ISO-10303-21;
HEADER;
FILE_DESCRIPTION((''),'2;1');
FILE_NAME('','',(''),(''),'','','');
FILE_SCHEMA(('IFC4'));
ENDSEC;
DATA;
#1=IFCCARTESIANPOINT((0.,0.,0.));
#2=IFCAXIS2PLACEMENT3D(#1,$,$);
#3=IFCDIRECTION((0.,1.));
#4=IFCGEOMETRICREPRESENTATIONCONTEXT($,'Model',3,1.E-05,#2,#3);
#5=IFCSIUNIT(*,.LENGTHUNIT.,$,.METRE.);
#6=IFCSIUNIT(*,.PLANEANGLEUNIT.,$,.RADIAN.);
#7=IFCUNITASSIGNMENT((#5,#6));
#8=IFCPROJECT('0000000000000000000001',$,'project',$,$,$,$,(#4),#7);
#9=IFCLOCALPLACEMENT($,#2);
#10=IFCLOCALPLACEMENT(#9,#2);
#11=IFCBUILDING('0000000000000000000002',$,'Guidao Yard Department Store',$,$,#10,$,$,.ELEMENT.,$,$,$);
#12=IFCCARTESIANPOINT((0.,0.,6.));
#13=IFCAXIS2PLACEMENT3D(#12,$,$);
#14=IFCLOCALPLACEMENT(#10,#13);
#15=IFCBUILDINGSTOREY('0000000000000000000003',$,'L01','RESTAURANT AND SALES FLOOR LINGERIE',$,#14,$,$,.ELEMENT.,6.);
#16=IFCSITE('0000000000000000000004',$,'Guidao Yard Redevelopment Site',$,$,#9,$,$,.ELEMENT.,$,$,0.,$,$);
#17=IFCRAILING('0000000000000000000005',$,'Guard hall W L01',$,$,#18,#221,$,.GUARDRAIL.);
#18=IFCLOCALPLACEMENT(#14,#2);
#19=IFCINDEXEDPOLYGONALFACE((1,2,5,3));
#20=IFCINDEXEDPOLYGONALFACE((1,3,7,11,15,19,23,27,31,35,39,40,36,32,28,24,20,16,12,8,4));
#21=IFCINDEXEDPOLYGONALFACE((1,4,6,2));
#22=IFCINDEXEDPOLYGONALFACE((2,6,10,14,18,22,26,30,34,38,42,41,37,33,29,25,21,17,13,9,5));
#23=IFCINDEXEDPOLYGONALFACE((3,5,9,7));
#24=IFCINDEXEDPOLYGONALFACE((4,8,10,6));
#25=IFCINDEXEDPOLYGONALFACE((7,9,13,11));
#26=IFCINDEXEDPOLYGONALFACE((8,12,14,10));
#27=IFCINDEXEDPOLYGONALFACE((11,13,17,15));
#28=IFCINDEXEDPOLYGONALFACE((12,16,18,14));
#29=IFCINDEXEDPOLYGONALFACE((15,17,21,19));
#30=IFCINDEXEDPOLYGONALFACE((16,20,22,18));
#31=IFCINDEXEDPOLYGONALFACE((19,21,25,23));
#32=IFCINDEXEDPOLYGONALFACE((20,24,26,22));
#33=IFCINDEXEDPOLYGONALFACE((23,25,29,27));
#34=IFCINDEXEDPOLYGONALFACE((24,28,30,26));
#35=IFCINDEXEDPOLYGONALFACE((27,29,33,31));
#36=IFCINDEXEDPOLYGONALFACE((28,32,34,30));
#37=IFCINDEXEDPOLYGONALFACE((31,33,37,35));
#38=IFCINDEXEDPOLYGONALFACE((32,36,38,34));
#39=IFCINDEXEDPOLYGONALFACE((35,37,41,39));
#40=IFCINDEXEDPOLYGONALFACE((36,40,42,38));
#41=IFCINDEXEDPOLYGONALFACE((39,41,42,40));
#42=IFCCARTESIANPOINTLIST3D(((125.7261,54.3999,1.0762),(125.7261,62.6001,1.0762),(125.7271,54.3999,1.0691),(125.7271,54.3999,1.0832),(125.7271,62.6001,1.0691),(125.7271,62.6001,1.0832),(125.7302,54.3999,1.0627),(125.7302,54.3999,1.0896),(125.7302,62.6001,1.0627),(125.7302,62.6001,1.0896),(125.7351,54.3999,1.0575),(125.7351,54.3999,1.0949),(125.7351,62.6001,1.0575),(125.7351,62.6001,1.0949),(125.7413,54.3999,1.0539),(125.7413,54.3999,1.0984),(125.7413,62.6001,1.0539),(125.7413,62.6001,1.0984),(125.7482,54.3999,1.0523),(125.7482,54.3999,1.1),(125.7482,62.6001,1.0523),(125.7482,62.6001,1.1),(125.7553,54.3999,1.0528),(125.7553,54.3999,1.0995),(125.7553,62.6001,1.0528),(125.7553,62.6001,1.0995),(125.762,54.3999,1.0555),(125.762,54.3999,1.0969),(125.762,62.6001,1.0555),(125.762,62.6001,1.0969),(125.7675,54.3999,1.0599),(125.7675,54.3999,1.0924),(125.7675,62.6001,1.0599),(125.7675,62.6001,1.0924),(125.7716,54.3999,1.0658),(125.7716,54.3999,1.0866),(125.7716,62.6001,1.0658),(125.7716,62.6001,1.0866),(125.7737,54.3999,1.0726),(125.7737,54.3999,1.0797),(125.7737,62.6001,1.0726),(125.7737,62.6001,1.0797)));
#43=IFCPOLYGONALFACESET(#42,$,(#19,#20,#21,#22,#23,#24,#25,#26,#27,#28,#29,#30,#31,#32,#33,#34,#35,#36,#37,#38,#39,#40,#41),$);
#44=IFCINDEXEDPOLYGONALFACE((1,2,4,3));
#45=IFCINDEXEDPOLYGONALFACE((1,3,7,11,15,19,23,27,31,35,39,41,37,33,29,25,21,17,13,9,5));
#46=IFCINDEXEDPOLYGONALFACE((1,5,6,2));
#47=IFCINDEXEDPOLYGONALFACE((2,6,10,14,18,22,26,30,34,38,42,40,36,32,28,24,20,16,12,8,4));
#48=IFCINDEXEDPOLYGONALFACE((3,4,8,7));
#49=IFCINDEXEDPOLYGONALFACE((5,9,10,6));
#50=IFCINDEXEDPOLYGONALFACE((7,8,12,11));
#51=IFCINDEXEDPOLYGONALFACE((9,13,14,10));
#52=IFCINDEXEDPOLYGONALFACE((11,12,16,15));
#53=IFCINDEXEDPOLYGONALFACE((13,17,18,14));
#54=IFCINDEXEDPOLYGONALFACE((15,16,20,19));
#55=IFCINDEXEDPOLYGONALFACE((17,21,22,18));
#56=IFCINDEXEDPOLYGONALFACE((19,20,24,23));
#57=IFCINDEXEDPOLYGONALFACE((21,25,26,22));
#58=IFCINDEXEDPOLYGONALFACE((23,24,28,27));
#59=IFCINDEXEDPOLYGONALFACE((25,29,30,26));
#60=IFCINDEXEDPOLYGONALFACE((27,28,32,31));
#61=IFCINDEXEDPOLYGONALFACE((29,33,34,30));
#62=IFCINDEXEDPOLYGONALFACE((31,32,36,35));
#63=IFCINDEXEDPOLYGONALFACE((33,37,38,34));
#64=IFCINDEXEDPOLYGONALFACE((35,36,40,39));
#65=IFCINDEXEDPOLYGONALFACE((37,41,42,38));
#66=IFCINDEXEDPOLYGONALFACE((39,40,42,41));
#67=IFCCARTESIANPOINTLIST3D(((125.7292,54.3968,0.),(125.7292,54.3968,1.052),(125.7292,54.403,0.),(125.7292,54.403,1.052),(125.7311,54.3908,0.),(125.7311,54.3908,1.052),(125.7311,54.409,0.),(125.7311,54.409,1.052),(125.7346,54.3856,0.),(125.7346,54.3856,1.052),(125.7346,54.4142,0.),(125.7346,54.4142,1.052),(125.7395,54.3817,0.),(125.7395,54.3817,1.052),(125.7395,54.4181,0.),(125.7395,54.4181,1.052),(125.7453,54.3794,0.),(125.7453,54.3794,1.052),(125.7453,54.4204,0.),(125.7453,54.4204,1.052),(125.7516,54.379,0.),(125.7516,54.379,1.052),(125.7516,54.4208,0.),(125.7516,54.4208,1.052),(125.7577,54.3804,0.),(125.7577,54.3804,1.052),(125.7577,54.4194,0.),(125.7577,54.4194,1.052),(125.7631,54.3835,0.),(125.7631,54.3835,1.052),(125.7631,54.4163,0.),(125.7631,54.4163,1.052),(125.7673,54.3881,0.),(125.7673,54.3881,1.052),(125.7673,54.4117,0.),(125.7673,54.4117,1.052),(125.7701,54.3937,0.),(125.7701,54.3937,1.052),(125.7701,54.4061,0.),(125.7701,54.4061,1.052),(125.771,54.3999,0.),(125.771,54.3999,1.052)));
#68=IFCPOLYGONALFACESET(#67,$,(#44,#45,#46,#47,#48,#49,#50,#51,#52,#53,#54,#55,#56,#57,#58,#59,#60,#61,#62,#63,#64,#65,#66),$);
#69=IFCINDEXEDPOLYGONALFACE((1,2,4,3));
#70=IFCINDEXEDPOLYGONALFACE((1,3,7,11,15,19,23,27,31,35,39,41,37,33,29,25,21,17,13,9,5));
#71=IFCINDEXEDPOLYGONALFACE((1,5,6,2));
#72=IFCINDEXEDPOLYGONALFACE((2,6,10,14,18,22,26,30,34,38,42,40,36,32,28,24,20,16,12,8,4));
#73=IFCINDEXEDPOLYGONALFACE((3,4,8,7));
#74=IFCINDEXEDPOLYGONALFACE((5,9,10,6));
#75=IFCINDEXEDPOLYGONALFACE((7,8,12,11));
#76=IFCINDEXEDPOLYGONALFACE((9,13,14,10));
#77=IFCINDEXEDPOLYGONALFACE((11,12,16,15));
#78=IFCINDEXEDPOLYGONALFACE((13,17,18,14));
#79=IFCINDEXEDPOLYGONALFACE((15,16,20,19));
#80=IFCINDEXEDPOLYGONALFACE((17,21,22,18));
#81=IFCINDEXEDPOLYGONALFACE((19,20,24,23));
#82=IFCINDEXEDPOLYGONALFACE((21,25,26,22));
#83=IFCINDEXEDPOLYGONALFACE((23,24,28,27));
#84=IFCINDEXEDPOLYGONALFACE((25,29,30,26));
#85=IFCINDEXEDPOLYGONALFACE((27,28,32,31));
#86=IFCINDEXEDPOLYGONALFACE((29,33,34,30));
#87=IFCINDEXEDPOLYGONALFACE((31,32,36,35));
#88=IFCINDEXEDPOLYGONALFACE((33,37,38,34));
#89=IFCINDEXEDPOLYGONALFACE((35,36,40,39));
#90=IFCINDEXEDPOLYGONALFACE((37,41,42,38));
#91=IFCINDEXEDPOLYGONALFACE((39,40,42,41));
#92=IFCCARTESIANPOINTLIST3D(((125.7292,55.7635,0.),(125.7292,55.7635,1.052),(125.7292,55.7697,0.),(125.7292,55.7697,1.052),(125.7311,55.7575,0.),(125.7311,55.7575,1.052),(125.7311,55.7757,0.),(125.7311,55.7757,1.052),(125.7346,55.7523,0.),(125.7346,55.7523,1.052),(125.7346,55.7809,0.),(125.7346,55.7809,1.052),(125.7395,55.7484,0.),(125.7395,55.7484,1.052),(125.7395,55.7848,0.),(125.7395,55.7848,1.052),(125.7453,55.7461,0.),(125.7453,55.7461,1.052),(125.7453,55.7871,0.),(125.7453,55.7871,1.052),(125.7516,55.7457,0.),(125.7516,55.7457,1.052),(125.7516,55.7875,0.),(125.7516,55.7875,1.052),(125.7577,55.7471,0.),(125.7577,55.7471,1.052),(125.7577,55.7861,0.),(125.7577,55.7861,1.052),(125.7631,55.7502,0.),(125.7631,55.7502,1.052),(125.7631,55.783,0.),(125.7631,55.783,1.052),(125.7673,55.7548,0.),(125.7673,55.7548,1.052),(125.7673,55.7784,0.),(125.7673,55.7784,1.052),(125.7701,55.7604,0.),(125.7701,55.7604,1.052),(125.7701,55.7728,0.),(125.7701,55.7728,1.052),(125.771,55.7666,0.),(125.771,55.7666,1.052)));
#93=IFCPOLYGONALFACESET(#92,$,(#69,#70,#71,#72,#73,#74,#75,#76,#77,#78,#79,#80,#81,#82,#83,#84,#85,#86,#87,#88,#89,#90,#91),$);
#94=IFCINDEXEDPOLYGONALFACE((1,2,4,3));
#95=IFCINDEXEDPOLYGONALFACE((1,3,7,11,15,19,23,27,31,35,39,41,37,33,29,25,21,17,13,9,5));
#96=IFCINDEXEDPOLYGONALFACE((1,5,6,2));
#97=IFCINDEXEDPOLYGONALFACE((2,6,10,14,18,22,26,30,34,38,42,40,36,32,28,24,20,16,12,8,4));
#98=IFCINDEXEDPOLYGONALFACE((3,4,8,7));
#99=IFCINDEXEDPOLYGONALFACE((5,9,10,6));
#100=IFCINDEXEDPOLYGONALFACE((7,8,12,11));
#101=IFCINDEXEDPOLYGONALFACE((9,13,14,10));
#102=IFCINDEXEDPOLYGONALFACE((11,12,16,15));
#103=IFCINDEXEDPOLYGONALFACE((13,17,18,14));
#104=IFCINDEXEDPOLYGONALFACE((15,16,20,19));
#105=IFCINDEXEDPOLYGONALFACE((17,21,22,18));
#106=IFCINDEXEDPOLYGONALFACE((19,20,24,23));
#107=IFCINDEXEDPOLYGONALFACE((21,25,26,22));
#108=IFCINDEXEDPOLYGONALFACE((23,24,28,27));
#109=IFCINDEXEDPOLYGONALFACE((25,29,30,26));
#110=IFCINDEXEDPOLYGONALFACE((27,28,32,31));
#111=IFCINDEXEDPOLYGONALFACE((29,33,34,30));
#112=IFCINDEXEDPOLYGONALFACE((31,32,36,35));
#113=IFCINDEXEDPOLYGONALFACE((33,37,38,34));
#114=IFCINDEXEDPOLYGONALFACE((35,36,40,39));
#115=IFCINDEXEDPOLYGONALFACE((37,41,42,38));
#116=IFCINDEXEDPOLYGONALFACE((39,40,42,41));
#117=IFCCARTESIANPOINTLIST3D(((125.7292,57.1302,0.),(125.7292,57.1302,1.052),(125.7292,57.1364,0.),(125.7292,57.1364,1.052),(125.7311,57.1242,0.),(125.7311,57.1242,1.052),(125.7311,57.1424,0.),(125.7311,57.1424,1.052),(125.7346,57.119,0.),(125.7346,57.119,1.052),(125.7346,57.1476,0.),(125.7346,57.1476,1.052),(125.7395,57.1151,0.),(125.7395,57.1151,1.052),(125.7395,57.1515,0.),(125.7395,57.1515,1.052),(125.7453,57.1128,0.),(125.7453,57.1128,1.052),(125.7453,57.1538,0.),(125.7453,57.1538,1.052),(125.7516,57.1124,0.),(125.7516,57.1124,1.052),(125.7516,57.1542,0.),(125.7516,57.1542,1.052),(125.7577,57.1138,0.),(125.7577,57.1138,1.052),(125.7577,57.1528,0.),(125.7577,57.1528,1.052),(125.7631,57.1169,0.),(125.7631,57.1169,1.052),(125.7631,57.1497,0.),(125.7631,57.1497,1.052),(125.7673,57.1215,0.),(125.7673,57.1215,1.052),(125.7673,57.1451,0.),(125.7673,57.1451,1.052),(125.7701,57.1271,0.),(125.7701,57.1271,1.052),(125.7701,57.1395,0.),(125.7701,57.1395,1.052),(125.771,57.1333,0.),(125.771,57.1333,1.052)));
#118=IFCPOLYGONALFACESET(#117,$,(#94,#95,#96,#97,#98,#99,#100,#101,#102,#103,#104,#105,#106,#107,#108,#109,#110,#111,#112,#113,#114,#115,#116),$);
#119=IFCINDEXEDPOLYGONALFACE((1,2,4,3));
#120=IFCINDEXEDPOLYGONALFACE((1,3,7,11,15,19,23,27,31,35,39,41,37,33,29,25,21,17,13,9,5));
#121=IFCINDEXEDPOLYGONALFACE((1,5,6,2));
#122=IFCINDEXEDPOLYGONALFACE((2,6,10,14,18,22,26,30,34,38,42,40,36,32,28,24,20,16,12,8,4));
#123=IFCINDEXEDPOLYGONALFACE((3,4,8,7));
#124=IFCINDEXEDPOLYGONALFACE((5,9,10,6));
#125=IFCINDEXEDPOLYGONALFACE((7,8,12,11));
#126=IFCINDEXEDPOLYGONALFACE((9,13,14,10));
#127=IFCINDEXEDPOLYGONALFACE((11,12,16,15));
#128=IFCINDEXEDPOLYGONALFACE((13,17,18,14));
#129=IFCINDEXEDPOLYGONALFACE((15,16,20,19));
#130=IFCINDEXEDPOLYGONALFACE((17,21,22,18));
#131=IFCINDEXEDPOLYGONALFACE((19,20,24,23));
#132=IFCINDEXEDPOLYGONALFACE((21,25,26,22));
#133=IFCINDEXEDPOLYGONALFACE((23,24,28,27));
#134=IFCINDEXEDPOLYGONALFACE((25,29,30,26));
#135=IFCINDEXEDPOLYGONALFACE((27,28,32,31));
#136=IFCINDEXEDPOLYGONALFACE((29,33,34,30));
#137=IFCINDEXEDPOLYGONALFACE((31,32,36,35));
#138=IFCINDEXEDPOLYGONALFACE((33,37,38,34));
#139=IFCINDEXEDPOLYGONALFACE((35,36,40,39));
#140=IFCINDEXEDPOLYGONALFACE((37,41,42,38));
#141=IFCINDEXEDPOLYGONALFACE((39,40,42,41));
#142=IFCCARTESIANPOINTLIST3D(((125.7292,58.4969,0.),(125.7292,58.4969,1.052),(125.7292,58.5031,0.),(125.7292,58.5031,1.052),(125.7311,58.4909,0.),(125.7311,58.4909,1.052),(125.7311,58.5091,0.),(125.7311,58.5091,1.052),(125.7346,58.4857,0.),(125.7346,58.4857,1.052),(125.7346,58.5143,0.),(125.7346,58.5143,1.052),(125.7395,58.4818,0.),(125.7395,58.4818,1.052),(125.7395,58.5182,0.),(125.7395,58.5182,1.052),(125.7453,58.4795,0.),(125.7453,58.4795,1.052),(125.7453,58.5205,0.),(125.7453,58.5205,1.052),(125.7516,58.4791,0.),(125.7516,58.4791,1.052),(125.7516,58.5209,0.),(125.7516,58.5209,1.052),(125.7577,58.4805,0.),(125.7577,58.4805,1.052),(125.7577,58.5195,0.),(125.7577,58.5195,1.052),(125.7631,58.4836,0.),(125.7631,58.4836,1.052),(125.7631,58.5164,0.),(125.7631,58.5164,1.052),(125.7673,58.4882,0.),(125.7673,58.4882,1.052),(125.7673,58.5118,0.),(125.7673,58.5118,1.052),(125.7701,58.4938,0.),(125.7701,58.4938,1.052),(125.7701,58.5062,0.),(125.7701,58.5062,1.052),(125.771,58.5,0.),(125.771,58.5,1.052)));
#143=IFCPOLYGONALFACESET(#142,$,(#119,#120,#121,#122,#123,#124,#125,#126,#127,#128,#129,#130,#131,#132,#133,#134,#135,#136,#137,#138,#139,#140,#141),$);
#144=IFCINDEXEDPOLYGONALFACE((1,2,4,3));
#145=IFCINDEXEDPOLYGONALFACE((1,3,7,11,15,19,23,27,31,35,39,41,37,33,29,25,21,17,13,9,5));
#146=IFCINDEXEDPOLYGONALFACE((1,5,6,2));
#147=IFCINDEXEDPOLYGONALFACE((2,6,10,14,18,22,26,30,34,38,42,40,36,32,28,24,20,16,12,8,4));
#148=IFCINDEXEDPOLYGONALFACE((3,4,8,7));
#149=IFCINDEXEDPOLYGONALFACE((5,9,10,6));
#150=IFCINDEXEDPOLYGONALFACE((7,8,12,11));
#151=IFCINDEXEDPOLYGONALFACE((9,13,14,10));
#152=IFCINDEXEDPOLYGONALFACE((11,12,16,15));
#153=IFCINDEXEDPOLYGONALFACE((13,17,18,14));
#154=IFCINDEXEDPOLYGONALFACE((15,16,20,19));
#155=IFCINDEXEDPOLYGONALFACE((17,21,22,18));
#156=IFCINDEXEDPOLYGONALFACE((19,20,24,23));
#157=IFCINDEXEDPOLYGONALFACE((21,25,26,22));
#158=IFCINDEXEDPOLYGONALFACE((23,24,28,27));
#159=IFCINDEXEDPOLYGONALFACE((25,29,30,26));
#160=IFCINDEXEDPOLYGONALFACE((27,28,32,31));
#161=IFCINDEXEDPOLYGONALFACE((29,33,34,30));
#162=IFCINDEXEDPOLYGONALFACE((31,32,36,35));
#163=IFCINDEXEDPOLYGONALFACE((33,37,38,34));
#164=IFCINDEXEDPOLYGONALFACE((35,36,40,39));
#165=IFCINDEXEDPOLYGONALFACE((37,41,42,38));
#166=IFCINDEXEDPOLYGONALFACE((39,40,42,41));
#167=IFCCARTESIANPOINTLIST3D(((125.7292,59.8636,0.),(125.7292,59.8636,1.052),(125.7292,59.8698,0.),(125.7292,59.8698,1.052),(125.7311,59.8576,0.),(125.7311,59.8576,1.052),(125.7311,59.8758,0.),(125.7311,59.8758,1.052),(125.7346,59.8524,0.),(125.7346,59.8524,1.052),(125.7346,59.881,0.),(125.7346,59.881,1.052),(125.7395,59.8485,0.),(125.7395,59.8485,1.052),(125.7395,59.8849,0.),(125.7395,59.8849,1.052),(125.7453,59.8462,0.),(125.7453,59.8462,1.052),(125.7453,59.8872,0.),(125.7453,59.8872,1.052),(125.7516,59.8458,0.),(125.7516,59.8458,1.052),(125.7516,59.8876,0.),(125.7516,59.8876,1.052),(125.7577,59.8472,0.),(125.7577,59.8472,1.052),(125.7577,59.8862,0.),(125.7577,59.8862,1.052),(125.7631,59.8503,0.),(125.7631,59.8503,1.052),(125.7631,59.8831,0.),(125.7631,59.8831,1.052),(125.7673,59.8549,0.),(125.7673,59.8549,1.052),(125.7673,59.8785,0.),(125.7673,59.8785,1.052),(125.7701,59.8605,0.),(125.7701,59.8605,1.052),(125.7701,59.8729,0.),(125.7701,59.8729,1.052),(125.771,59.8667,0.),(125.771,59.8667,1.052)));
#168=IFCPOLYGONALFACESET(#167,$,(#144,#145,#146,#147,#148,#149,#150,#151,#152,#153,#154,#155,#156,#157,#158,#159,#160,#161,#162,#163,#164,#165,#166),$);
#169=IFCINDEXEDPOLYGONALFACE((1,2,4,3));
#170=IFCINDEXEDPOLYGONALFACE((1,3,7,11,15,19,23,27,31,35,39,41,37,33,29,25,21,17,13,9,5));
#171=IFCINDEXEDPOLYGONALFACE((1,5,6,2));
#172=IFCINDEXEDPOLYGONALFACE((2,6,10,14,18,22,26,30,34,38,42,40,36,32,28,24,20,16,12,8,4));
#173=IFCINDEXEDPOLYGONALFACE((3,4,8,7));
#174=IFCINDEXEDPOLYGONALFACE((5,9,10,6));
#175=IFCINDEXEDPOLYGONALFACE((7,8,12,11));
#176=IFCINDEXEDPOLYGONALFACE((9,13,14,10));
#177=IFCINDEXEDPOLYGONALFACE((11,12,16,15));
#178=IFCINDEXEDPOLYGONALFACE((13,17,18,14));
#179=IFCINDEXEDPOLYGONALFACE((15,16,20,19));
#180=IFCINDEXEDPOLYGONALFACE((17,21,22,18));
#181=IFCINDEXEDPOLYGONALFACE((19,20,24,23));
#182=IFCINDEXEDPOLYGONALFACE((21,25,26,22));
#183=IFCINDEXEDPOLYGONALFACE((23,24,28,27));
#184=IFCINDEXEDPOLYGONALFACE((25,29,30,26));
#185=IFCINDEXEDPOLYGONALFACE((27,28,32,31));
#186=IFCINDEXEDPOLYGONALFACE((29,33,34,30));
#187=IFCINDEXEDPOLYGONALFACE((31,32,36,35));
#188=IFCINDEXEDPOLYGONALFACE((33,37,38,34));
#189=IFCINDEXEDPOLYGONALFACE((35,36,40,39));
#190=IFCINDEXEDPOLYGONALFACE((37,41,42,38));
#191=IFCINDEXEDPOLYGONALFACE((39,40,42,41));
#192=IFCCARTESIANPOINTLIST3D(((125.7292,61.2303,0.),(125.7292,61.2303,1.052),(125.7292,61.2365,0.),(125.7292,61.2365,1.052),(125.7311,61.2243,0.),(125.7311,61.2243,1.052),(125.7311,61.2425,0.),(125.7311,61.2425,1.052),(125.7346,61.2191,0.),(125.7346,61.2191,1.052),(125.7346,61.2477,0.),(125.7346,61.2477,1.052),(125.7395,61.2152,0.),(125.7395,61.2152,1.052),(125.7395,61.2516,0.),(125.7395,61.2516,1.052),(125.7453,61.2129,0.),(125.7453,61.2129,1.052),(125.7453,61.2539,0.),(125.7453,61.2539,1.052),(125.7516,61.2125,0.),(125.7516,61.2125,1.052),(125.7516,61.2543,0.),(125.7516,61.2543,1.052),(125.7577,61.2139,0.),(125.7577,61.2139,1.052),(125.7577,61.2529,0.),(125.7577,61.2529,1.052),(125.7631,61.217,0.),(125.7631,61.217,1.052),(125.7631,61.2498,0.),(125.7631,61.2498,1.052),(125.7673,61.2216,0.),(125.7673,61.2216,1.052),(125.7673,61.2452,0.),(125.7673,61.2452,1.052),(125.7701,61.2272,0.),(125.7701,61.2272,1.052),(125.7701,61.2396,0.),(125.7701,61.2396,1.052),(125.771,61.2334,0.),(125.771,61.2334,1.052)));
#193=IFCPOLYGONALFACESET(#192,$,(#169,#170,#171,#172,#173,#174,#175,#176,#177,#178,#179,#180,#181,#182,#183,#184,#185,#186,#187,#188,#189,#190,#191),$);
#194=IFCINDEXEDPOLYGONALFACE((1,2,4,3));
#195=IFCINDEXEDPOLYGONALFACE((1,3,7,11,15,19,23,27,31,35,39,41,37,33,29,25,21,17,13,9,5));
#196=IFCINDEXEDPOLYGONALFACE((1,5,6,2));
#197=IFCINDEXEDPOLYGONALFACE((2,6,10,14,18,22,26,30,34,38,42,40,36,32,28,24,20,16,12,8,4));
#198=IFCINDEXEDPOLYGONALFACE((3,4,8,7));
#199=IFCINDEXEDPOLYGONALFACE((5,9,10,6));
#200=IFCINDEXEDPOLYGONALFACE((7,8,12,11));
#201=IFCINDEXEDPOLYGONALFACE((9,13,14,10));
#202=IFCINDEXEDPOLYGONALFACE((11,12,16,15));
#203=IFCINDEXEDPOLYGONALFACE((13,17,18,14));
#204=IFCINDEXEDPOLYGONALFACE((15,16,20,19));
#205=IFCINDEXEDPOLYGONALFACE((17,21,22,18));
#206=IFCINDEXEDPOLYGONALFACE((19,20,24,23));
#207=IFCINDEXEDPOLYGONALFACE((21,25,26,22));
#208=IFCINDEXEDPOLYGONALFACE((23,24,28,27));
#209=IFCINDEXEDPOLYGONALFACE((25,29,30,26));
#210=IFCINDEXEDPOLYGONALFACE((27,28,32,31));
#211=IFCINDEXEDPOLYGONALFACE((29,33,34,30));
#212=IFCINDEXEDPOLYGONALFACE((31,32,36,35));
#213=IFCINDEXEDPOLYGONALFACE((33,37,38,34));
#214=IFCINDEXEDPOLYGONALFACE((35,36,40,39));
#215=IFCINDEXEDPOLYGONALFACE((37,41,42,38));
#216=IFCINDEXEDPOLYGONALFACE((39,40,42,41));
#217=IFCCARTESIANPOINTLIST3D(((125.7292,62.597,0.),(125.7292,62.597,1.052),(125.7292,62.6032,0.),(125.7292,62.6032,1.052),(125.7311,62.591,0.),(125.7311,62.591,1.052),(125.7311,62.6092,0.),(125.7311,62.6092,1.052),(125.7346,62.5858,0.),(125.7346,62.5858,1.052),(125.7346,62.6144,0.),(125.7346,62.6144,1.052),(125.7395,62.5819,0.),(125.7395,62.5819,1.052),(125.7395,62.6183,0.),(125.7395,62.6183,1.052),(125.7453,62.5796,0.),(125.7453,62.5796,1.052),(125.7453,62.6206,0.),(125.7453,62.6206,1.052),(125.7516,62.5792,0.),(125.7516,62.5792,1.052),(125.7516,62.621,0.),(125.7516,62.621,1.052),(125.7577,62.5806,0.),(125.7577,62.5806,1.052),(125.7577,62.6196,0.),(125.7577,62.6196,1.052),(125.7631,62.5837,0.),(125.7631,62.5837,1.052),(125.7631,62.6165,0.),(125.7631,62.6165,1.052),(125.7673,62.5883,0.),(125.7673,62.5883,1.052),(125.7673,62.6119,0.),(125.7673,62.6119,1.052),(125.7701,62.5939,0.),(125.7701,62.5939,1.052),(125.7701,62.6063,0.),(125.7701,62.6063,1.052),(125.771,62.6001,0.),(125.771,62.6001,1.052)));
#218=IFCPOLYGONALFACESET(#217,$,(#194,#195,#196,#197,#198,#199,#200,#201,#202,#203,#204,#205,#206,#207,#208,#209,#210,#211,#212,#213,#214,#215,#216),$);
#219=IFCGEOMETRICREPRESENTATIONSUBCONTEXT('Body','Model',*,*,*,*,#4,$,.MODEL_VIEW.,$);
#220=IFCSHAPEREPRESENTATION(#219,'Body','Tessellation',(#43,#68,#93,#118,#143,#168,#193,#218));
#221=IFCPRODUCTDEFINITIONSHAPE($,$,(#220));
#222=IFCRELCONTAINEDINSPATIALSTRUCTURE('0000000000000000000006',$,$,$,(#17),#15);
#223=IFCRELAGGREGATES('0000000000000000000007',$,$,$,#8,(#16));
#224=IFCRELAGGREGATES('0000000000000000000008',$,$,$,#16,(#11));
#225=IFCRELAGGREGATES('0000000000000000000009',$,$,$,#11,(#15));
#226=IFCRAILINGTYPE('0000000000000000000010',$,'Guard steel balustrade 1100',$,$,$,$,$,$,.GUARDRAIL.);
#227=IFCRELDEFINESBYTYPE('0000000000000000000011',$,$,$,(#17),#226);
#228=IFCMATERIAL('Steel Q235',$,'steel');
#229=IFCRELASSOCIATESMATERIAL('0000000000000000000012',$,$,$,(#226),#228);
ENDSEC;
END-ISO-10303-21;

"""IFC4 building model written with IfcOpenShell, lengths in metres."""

from ifc_helpers import new_model, si_unit, direction, frame, origin, origin_2d, place, context, subcontext, project, spatial, circle, extrude, material, type_object, element, save


model = new_model("IFC4")

# Units and contexts
model_context = context("Model", 3, precision=1e-05, world=origin(), true_north=direction((0.0, 1.0)))
body_context = subcontext(model_context, "Body", "Model", "MODEL_VIEW")
ifc_project = project(units=[si_unit("LENGTHUNIT", "METRE"), si_unit("PLANEANGLEUNIT", "RADIAN")], contexts=[model_context])

# Site, building, storey
site_placement = place(None, origin())
site = spatial("IfcSite", under=ifc_project, at=site_placement, Name="Guidao Yard Redevelopment Site", CompositionType="ELEMENT", RefElevation=0.0)
building_placement = place(site_placement, origin())
building = spatial("IfcBuilding", under=site, at=building_placement, Name="Guidao Yard Department Store", CompositionType="ELEMENT")
storey_placement = place(building_placement, frame((0.0, 0.0, 6.0)))
storey = spatial("IfcBuildingStorey", under=building, at=storey_placement, Name="L01", Description="RESTAURANT AND SALES FLOOR LINGERIE", CompositionType="ELEMENT", Elevation=6.0)

# Railing
ifc_material_1 = material(Name="Steel Q235", Category="steel")
railing_type = type_object("IfcRailingType", Name="Guard steel balustrade 1100", PredefinedType="GUARDRAIL", material=ifc_material_1)
railing_placement = place(storey_placement, frame((125.75, 54.3999, 0.0)))
element("IfcRailing", 1, at=railing_placement, inside=storey, type_object=railing_type, Name="Guard hall W L01", PredefinedType="GUARDRAIL", context=body_context, shape_type="SweptSolid", body=[
    extrude(circle(Radius=0.0239, at=origin_2d()), frame((0.0, 0.0, 1.0762), z_axis=(0.0, 1.0, 0.0), x_axis=(-1.0, 0.0, 0.0)), (0.0, 0.0, 1.0), 8.2002),
    extrude(circle(Radius=0.021, at=origin_2d()), origin(), (0.0, 0.0, 1.0), 1.052),
    extrude(circle(Radius=0.021, at=origin_2d()), frame((0.0, 1.3667, 0.0)), (0.0, 0.0, 1.0), 1.052),
    extrude(circle(Radius=0.021, at=origin_2d()), frame((0.0, 2.7334, 0.0)), (0.0, 0.0, 1.0), 1.052),
    extrude(circle(Radius=0.021, at=origin_2d()), frame((0.0, 4.1001, 0.0)), (0.0, 0.0, 1.0), 1.052),
    extrude(circle(Radius=0.021, at=origin_2d()), frame((0.0, 5.4668, 0.0)), (0.0, 0.0, 1.0), 1.052),
    extrude(circle(Radius=0.021, at=origin_2d()), frame((0.0, 6.8335, 0.0)), (0.0, 0.0, 1.0), 1.052),
    extrude(circle(Radius=0.021, at=origin_2d()), frame((0.0, 8.2002, 0.0)), (0.0, 0.0, 1.0), 1.052),
])

save(model, "model.ifc")
